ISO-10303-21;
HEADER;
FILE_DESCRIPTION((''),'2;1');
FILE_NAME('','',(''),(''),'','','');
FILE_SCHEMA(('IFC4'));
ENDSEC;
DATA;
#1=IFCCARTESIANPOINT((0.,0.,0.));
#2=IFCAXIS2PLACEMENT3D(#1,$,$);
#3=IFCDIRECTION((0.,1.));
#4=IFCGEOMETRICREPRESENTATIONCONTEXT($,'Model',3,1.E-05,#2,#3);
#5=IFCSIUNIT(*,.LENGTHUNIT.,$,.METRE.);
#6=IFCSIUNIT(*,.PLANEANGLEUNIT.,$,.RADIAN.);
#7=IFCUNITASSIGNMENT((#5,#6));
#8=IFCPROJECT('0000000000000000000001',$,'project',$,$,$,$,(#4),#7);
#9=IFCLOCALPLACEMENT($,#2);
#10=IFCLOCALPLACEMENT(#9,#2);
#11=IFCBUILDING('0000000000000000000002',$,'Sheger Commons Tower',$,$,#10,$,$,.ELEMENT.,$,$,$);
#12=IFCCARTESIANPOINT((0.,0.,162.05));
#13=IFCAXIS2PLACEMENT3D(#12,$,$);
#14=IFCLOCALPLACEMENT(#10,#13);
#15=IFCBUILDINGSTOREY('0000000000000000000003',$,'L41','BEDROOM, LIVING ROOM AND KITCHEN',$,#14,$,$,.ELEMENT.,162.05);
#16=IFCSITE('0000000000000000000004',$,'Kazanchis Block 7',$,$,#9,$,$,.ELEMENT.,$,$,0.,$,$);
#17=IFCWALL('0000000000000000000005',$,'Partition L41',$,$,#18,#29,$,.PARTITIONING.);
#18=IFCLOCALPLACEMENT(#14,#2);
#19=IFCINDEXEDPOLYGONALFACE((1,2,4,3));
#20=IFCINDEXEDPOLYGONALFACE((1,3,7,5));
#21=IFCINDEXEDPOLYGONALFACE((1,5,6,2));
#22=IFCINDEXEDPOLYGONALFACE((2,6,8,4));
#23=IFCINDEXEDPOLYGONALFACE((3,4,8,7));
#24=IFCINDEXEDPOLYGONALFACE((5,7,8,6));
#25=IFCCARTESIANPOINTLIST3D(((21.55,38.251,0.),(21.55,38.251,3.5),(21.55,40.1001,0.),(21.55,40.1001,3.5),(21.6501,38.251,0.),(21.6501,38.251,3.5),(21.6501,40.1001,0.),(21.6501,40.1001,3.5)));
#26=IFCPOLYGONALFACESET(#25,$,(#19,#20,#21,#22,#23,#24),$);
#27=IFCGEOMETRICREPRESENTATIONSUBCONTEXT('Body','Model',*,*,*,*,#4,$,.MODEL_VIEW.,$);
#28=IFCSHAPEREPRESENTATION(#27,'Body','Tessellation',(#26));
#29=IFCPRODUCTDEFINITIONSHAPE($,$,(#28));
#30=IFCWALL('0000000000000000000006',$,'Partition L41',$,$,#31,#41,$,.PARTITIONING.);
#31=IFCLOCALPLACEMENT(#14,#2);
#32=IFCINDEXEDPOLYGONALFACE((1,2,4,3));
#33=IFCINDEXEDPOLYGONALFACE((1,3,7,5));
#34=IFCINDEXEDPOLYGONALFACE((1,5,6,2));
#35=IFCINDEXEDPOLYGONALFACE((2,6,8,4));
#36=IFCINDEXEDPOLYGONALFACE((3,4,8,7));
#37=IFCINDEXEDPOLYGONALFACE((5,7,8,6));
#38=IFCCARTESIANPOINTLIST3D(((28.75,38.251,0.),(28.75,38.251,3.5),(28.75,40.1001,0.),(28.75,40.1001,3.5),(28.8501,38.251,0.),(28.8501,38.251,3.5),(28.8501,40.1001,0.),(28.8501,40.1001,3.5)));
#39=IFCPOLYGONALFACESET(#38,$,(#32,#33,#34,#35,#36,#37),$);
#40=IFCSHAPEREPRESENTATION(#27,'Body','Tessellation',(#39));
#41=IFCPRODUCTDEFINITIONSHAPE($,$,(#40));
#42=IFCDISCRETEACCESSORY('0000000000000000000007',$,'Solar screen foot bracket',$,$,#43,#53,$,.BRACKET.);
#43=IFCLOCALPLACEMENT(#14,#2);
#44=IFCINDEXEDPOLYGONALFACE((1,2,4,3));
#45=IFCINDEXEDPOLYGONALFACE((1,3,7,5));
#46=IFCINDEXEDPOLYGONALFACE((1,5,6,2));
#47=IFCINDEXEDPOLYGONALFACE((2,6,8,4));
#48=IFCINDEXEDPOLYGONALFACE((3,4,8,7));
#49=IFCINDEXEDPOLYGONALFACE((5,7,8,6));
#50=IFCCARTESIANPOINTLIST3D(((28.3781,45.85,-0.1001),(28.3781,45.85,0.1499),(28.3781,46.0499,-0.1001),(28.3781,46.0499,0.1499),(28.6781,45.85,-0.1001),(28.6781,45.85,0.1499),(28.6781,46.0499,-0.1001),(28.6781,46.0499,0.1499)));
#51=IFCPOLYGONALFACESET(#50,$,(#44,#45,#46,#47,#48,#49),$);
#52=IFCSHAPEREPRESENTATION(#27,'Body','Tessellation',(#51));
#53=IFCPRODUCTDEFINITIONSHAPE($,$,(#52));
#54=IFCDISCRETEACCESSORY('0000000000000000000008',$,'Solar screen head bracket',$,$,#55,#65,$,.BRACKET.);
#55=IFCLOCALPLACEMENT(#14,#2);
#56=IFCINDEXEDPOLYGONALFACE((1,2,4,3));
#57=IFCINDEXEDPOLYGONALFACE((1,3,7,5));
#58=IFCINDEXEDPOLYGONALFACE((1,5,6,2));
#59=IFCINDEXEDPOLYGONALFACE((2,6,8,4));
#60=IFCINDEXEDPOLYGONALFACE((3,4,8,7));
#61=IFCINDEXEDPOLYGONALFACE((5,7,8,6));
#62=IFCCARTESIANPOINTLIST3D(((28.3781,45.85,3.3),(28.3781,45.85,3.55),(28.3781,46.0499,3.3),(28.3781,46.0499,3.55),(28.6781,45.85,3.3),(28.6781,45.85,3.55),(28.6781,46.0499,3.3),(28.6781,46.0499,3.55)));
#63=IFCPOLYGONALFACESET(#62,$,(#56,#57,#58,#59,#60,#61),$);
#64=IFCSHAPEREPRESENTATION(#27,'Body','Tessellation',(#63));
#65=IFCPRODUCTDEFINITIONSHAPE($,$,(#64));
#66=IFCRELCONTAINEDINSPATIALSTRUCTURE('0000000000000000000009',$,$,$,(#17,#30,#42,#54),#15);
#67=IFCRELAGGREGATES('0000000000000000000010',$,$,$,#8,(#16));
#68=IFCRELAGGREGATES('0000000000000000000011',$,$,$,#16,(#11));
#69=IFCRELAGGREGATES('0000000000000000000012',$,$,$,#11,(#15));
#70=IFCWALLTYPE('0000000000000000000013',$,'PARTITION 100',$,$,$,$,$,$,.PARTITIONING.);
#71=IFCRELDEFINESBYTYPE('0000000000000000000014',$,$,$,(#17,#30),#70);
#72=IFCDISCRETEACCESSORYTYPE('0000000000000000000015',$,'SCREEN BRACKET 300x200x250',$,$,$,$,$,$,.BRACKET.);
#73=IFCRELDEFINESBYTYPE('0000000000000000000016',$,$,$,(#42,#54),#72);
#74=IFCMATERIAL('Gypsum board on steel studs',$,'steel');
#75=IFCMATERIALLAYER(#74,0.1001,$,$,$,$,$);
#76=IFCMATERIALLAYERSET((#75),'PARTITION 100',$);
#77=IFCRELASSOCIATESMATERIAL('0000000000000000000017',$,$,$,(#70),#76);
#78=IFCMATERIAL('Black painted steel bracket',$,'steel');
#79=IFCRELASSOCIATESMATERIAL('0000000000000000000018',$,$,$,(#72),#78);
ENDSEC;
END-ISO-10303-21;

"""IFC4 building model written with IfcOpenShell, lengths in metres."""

from ifc_helpers import new_model, si_unit, direction, frame, frame_2d, origin, origin_2d, place, context, subcontext, project, spatial, rectangle, extrude, material, layer, layer_set, type_object, element, save


model = new_model("IFC4")

# Units and contexts
model_context = context("Model", 3, precision=1e-05, world=origin(), true_north=direction((0.0, 1.0)))
body_context = subcontext(model_context, "Body", "Model", "MODEL_VIEW")
ifc_project = project(units=[si_unit("LENGTHUNIT", "METRE"), si_unit("PLANEANGLEUNIT", "RADIAN")], contexts=[model_context])

# Site, building, storey
site_placement = place(None, origin())
site = spatial("IfcSite", under=ifc_project, at=site_placement, Name="Kazanchis Block 7", CompositionType="ELEMENT", RefElevation=0.0)
building_placement = place(site_placement, origin())
building = spatial("IfcBuilding", under=site, at=building_placement, Name="Sheger Commons Tower", CompositionType="ELEMENT")
storey_placement = place(building_placement, frame((0.0, 0.0, 162.05)))
storey = spatial("IfcBuildingStorey", under=building, at=storey_placement, Name="L41", Description="BEDROOM, LIVING ROOM AND KITCHEN", CompositionType="ELEMENT", Elevation=162.05)

# Shared definitions
ifc_material_1 = material(Name="Gypsum board on steel studs", Category="steel")
ifc_layer_1 = layer(ifc_material_1, 0.1001)
ifc_layer_set_1 = layer_set([ifc_layer_1], Name="PARTITION 100")
wall_type = type_object("IfcWallType", Name="PARTITION 100", PredefinedType="PARTITIONING", material=ifc_layer_set_1)

# Walls
for number, where, z_axis, x_axis, name in (
    (1, (21.6001, 38.251, 0.0), (0.0, 0.0, 1.0), (0.0, 1.0, 0.0), "Partition L41"),
    (2, (28.8, 38.251, 0.0), (0.0, 0.0, 1.0), (0.0, 1.0, 0.0), "Partition L41"),
):
    element("IfcWall", number, at=place(storey_placement, frame(where, z_axis=z_axis, x_axis=x_axis)), inside=storey, type_object=wall_type, Name=name, PredefinedType="PARTITIONING", context=body_context, shape_type="SweptSolid", body=[
        extrude(rectangle(XDim=1.8491, YDim=0.1001, at=frame_2d((0.9246, 0.0))), origin(), (0.0, 0.0, 1.0), 3.5),
    ])

# Discrete accessories
ifc_material_2 = material(Name="Black painted steel bracket", Category="steel")
discrete_accessory_type = type_object("IfcDiscreteAccessoryType", Name="SCREEN BRACKET 300x200x250", PredefinedType="BRACKET", material=ifc_material_2)
for number, where, z_axis, x_axis, name in (
    (3, (28.5281, 45.95, -0.1001), (0.0, 0.0, 1.0), (-1.0, 0.0, 0.0), "Solar screen foot bracket"),
    (4, (28.5281, 45.95, 3.3), (0.0, 0.0, 1.0), (-1.0, 0.0, 0.0), "Solar screen head bracket"),
):
    element("IfcDiscreteAccessory", number, at=place(storey_placement, frame(where, z_axis=z_axis, x_axis=x_axis)), inside=storey, type_object=discrete_accessory_type, Name=name, PredefinedType="BRACKET", context=body_context, shape_type="SweptSolid", body=[
        extrude(rectangle(XDim=0.3, YDim=0.2, at=origin_2d()), origin(), (0.0, 0.0, 1.0), 0.25),
    ])

save(model, "model.ifc")
